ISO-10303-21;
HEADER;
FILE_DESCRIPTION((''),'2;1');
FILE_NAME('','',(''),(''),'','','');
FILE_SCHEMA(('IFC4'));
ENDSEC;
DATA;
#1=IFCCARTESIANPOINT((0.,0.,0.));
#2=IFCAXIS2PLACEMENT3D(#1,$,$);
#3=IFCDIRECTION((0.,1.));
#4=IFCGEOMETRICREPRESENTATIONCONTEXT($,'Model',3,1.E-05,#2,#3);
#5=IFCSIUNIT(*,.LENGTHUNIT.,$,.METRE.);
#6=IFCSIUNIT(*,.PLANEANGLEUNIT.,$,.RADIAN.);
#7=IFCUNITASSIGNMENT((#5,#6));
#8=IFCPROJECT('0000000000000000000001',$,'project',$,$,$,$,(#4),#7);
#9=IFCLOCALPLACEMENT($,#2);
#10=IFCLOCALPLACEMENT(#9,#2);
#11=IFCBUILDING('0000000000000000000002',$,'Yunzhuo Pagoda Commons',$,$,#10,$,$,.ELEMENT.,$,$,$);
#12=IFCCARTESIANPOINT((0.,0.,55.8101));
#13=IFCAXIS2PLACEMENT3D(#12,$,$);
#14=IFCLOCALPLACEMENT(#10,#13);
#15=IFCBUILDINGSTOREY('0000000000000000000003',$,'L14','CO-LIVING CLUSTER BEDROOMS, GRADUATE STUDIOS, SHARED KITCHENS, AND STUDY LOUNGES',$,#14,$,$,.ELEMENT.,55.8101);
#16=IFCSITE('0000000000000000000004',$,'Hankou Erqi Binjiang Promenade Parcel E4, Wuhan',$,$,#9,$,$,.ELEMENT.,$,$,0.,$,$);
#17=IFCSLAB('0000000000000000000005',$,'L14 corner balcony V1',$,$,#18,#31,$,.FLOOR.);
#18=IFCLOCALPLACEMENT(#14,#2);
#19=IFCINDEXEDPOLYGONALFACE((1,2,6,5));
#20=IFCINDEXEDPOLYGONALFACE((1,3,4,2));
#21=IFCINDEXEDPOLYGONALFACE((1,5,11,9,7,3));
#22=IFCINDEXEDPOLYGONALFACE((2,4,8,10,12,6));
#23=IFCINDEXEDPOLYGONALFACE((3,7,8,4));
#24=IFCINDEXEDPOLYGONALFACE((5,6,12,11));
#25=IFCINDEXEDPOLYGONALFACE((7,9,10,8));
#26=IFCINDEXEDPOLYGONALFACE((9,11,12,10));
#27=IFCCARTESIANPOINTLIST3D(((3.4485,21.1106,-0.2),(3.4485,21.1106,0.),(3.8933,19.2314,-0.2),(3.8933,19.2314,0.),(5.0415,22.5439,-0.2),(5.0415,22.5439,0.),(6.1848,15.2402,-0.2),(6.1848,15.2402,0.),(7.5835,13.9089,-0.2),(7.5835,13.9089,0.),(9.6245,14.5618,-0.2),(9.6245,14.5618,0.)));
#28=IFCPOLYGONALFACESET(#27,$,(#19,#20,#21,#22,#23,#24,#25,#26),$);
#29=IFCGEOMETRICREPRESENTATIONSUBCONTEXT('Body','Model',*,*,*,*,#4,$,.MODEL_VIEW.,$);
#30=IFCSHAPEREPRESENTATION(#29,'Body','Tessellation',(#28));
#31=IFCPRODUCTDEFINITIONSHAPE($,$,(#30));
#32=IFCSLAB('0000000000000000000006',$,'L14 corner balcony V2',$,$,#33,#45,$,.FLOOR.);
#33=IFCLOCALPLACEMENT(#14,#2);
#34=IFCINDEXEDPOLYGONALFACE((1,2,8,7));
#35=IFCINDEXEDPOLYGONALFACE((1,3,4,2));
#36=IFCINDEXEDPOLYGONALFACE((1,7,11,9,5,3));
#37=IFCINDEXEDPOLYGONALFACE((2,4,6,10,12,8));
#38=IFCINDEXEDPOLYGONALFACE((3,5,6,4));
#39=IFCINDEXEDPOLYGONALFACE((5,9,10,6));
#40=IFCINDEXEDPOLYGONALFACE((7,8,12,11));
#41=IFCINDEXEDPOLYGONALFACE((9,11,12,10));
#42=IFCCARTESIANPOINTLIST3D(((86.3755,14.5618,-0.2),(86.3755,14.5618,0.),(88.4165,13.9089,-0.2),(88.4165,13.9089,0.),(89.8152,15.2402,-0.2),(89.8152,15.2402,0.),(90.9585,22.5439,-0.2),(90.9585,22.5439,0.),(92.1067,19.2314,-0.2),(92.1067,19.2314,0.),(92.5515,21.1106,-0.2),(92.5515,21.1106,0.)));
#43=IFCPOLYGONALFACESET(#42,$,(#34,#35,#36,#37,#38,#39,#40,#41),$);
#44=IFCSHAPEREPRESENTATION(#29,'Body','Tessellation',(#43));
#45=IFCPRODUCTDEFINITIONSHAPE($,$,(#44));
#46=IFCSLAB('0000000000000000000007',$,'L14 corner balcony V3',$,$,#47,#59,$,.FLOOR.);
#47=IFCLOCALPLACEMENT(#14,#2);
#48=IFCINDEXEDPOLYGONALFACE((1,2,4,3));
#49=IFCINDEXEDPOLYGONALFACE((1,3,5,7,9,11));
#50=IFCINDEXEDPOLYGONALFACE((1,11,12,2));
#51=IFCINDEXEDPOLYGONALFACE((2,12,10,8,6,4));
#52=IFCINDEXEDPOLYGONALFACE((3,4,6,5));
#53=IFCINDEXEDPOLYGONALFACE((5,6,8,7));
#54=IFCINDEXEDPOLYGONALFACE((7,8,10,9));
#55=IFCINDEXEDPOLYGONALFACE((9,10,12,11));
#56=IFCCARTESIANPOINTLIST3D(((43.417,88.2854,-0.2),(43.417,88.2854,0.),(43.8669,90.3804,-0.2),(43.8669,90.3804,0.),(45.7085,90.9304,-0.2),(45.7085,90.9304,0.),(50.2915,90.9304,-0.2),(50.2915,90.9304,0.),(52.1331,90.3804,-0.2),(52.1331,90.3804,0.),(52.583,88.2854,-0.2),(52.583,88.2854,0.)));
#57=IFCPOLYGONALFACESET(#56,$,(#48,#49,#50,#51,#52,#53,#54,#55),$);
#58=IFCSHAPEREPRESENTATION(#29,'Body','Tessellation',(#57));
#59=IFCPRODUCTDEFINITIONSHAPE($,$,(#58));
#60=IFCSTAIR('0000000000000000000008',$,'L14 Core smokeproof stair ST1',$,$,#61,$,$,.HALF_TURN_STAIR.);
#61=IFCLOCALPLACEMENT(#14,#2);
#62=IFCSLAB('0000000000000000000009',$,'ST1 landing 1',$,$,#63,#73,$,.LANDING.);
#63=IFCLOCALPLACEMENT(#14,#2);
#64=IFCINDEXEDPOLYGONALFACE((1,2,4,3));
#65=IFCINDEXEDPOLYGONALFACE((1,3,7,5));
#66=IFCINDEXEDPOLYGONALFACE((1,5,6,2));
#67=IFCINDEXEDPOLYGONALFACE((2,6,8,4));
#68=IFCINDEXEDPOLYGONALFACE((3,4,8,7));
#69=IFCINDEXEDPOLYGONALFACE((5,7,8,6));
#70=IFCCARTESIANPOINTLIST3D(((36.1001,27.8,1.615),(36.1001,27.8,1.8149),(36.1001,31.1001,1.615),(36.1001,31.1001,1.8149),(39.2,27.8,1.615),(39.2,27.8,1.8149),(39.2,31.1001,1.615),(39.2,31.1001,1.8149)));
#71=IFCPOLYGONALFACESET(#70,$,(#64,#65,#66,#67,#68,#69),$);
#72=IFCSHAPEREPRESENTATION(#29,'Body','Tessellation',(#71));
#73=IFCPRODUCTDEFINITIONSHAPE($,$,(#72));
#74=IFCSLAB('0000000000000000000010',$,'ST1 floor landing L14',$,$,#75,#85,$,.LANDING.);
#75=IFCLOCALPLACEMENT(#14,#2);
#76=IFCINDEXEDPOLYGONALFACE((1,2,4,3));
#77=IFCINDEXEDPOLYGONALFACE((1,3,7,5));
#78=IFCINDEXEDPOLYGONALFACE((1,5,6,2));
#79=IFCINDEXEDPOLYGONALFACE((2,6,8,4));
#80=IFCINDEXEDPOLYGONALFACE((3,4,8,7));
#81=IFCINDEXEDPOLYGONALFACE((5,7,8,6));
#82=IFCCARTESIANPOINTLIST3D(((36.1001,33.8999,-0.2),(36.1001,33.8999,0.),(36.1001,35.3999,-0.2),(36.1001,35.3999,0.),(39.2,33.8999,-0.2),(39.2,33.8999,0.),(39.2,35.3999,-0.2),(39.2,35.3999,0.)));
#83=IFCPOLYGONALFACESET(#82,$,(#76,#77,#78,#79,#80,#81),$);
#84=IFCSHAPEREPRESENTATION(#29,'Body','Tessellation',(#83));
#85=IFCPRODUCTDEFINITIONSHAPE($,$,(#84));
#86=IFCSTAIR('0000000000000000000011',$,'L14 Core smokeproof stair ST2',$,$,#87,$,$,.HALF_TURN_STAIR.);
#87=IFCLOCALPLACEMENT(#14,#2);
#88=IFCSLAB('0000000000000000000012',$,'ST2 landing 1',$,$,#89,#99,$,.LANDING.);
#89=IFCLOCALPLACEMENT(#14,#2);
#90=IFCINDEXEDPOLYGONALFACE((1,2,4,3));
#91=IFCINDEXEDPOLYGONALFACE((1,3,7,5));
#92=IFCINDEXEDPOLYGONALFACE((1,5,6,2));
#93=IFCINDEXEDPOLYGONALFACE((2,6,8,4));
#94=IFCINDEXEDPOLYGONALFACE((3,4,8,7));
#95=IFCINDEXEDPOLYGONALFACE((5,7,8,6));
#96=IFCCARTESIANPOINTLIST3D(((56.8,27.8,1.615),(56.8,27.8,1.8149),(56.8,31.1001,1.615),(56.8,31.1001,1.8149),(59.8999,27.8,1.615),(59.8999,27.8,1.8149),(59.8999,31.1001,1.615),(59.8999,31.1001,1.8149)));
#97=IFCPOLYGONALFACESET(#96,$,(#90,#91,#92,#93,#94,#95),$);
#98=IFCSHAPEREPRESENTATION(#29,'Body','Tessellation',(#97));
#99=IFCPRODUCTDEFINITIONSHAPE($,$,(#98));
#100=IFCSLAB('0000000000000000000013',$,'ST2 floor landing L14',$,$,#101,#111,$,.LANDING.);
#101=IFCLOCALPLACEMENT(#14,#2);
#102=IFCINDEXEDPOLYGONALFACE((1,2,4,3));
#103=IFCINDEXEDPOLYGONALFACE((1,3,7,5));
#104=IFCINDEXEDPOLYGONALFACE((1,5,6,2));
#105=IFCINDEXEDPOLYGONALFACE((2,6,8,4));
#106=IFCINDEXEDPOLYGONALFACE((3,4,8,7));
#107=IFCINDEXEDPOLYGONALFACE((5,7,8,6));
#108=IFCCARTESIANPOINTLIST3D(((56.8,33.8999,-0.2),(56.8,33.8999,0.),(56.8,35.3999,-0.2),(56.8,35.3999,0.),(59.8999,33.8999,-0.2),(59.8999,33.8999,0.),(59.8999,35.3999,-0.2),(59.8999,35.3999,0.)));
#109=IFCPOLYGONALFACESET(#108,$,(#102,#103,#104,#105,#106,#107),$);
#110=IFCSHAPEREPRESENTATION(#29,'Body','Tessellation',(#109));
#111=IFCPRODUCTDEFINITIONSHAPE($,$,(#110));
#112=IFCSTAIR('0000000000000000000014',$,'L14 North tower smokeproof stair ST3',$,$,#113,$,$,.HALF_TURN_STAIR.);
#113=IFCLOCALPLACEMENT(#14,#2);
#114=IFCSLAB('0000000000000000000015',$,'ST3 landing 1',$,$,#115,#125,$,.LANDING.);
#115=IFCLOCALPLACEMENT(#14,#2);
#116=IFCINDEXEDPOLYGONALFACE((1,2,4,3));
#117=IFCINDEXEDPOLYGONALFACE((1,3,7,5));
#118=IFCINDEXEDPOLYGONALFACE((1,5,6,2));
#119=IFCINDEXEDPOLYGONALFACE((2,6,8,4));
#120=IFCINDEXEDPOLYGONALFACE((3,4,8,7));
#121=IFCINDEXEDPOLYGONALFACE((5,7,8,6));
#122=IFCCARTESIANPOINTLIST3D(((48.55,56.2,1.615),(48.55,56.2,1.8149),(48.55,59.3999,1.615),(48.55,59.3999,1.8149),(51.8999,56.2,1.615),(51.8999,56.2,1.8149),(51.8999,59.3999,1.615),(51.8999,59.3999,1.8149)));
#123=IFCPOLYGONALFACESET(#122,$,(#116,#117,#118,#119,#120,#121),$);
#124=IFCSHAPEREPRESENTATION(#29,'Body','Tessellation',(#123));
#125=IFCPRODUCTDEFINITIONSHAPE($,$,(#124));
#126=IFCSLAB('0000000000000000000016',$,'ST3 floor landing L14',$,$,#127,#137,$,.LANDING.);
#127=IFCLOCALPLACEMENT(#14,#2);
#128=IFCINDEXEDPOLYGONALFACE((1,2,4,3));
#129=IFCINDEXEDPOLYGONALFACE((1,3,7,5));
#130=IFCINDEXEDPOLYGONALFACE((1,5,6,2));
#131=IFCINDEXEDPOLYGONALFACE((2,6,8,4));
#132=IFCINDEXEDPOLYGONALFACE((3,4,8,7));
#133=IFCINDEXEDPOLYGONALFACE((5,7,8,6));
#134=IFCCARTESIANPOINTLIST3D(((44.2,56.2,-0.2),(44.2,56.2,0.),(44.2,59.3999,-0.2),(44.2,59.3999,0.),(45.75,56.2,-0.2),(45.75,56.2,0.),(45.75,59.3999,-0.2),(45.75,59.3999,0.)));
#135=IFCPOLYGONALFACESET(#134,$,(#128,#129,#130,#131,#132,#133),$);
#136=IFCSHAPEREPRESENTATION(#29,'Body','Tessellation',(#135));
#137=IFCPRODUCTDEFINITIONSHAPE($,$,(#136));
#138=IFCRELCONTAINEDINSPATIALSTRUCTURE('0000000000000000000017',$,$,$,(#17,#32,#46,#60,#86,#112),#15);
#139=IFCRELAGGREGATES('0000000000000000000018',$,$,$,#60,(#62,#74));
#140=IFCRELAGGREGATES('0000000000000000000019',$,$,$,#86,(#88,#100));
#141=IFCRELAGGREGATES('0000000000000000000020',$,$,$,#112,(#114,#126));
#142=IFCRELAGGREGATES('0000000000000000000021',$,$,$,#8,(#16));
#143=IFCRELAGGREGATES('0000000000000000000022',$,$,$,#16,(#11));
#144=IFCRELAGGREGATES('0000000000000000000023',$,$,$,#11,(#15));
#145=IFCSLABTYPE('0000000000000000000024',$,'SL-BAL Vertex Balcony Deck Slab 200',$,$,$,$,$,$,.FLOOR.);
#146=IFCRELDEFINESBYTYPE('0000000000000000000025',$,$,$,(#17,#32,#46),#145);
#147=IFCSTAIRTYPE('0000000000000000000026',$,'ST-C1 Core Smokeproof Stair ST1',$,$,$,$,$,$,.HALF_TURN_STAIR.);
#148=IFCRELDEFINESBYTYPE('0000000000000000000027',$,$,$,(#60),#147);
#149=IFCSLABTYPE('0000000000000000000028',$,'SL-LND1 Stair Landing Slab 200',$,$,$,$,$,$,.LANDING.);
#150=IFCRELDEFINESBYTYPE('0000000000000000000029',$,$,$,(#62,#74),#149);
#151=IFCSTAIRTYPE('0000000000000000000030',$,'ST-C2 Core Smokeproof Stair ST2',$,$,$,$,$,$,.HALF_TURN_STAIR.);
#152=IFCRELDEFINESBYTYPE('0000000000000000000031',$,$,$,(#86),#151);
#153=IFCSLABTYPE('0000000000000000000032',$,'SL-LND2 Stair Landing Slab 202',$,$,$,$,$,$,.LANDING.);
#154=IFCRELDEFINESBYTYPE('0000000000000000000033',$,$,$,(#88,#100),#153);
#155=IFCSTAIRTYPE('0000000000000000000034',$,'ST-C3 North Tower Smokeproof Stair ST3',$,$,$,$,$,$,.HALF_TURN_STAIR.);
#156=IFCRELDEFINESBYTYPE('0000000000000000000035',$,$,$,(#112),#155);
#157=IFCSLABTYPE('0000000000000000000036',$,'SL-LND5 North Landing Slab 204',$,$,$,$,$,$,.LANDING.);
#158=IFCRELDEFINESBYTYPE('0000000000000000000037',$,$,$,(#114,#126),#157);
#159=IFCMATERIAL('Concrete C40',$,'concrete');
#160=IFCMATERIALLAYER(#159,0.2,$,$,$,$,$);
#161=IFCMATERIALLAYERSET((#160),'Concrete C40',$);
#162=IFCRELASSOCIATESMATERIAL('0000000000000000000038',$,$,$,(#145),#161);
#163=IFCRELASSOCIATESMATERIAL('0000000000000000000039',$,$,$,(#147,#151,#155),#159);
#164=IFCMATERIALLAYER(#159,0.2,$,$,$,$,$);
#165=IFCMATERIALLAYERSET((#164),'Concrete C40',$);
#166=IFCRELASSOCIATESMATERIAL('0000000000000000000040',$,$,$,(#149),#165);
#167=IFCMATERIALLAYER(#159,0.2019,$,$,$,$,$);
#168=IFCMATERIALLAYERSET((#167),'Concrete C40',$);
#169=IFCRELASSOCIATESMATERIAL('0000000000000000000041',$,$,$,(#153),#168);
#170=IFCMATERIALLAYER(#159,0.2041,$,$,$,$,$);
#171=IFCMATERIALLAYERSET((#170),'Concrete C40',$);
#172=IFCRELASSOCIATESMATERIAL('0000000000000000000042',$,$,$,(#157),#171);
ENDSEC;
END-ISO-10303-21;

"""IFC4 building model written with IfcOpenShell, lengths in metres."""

from ifc_helpers import new_model, si_unit, direction, frame, origin, place, context, subcontext, project, spatial, polyline, outline, extrude, material, layer, layer_set, type_object, element, aggregate, save


model = new_model("IFC4")

# Units and contexts
model_context = context("Model", 3, precision=1e-05, world=origin(), true_north=direction((0.0, 1.0)))
body_context = subcontext(model_context, "Body", "Model", "MODEL_VIEW")
ifc_project = project(units=[si_unit("LENGTHUNIT", "METRE"), si_unit("PLANEANGLEUNIT", "RADIAN")], contexts=[model_context])

# Site, building, storey
site_placement = place(None, origin())
site = spatial("IfcSite", under=ifc_project, at=site_placement, Name="Hankou Erqi Binjiang Promenade Parcel E4, Wuhan", CompositionType="ELEMENT", RefElevation=0.0)
building_placement = place(site_placement, origin())
building = spatial("IfcBuilding", under=site, at=building_placement, Name="Yunzhuo Pagoda Commons", CompositionType="ELEMENT")
storey_placement = place(building_placement, frame((0.0, 0.0, 55.8101)))
storey = spatial("IfcBuildingStorey", under=building, at=storey_placement, Name="L14", Description="CO-LIVING CLUSTER BEDROOMS, GRADUATE STUDIOS, SHARED KITCHENS, AND STUDY LOUNGES", CompositionType="ELEMENT", Elevation=55.8101)

# Slabs
ifc_material_1 = material(Name="Concrete C40", Category="concrete")
ifc_layer_1 = layer(ifc_material_1, 0.2)
ifc_layer_set_1 = layer_set([ifc_layer_1], Name="Concrete C40")
slab_type_1 = type_object("IfcSlabType", Name="SL-BAL Vertex Balcony Deck Slab 200", PredefinedType="FLOOR", material=ifc_layer_set_1)
slab_1_placement = place(storey_placement, frame((0.0, 0.0, -0.2)))
element("IfcSlab", 1, at=slab_1_placement, inside=storey, type_object=slab_type_1, Name="L14 corner balcony V1", PredefinedType="FLOOR", context=body_context, shape_type="SweptSolid", body=[
    extrude(outline(polyline([(5.0415, 22.5439), (9.6245, 14.5618), (7.5835, 13.9089), (6.1848, 15.2402), (3.8933, 19.2314), (3.4485, 21.1106), (5.0415, 22.5439)])), origin(), (0.0, 0.0, 1.0), 0.2),
])
slab_2_placement = place(storey_placement, frame((0.0, 0.0, -0.2)))
element("IfcSlab", 2, at=slab_2_placement, inside=storey, type_object=slab_type_1, Name="L14 corner balcony V2", PredefinedType="FLOOR", context=body_context, shape_type="SweptSolid", body=[
    extrude(outline(polyline([(86.3755, 14.5618), (90.9585, 22.5439), (92.5515, 21.1106), (92.1067, 19.2314), (89.8152, 15.2402), (88.4165, 13.9089), (86.3755, 14.5618)])), origin(), (0.0, 0.0, 1.0), 0.2),
])
slab_3_placement = place(storey_placement, frame((0.0, 0.0, -0.2)))
element("IfcSlab", 3, at=slab_3_placement, inside=storey, type_object=slab_type_1, Name="L14 corner balcony V3", PredefinedType="FLOOR", context=body_context, shape_type="SweptSolid", body=[
    extrude(outline(polyline([(52.583, 88.2854), (43.417, 88.2854), (43.8669, 90.3804), (45.7085, 90.9304), (50.2915, 90.9304), (52.1331, 90.3804), (52.583, 88.2854)])), origin(), (0.0, 0.0, 1.0), 0.2),
])

# Stairs, slabs
stair_type_1 = type_object("IfcStairType", Name="ST-C1 Core Smokeproof Stair ST1", PredefinedType="HALF_TURN_STAIR", material=ifc_material_1)
stair_1_placement = place(storey_placement, origin())
stair_1 = element("IfcStair", 4, at=stair_1_placement, inside=storey, type_object=stair_type_1, Name="L14 Core smokeproof stair ST1", PredefinedType="HALF_TURN_STAIR")
ifc_layer_2 = layer(ifc_material_1, 0.2)
ifc_layer_set_2 = layer_set([ifc_layer_2], Name="Concrete C40")
slab_type_2 = type_object("IfcSlabType", Name="SL-LND1 Stair Landing Slab 200", PredefinedType="LANDING", material=ifc_layer_set_2)
slab_4_placement = place(storey_placement, frame((0.0, 0.0, 1.615)))
slab_4 = element("IfcSlab", 5, at=slab_4_placement, type_object=slab_type_2, Name="ST1 landing 1", PredefinedType="LANDING", context=body_context, shape_type="SweptSolid", body=[
    extrude(outline(polyline([(36.1001, 31.1001), (36.1001, 27.8), (39.2, 27.8), (39.2, 31.1001), (36.1001, 31.1001)])), origin(), (0.0, 0.0, 1.0), 0.2),
])
slab_5_placement = place(storey_placement, frame((0.0, 0.0, -0.2)))
slab_5 = element("IfcSlab", 6, at=slab_5_placement, type_object=slab_type_2, Name="ST1 floor landing L14", PredefinedType="LANDING", context=body_context, shape_type="SweptSolid", body=[
    extrude(outline(polyline([(36.1001, 35.3999), (36.1001, 33.8999), (39.2, 33.8999), (39.2, 35.3999), (36.1001, 35.3999)])), origin(), (0.0, 0.0, 1.0), 0.2),
])
aggregate(stair_1, [slab_4, slab_5])
stair_type_2 = type_object("IfcStairType", Name="ST-C2 Core Smokeproof Stair ST2", PredefinedType="HALF_TURN_STAIR", material=ifc_material_1)
stair_2_placement = place(storey_placement, origin())
stair_2 = element("IfcStair", 7, at=stair_2_placement, inside=storey, type_object=stair_type_2, Name="L14 Core smokeproof stair ST2", PredefinedType="HALF_TURN_STAIR")
ifc_layer_3 = layer(ifc_material_1, 0.2019)
ifc_layer_set_3 = layer_set([ifc_layer_3], Name="Concrete C40")
slab_type_3 = type_object("IfcSlabType", Name="SL-LND2 Stair Landing Slab 202", PredefinedType="LANDING", material=ifc_layer_set_3)
slab_6_placement = place(storey_placement, frame((0.0, 0.0, 1.615)))
slab_6 = element("IfcSlab", 8, at=slab_6_placement, type_object=slab_type_3, Name="ST2 landing 1", PredefinedType="LANDING", context=body_context, shape_type="SweptSolid", body=[
    extrude(outline(polyline([(56.8, 31.1001), (56.8, 27.8), (59.8999, 27.8), (59.8999, 31.1001), (56.8, 31.1001)])), origin(), (0.0, 0.0, 1.0), 0.2),
])
slab_7_placement = place(storey_placement, frame((0.0, 0.0, -0.2)))
slab_7 = element("IfcSlab", 9, at=slab_7_placement, type_object=slab_type_3, Name="ST2 floor landing L14", PredefinedType="LANDING", context=body_context, shape_type="SweptSolid", body=[
    extrude(outline(polyline([(56.8, 35.3999), (56.8, 33.8999), (59.8999, 33.8999), (59.8999, 35.3999), (56.8, 35.3999)])), origin(), (0.0, 0.0, 1.0), 0.2),
])
aggregate(stair_2, [slab_6, slab_7])
stair_type_3 = type_object("IfcStairType", Name="ST-C3 North Tower Smokeproof Stair ST3", PredefinedType="HALF_TURN_STAIR", material=ifc_material_1)
stair_3_placement = place(storey_placement, origin())
stair_3 = element("IfcStair", 10, at=stair_3_placement, inside=storey, type_object=stair_type_3, Name="L14 North tower smokeproof stair ST3", PredefinedType="HALF_TURN_STAIR")
ifc_layer_4 = layer(ifc_material_1, 0.2041)
ifc_layer_set_4 = layer_set([ifc_layer_4], Name="Concrete C40")
slab_type_4 = type_object("IfcSlabType", Name="SL-LND5 North Landing Slab 204", PredefinedType="LANDING", material=ifc_layer_set_4)
slab_8_placement = place(storey_placement, frame((0.0, 0.0, 1.615)))
slab_8 = element("IfcSlab", 11, at=slab_8_placement, type_object=slab_type_4, Name="ST3 landing 1", PredefinedType="LANDING", context=body_context, shape_type="SweptSolid", body=[
    extrude(outline(polyline([(48.55, 56.2), (51.8999, 56.2), (51.8999, 59.3999), (48.55, 59.3999), (48.55, 56.2)])), origin(), (0.0, 0.0, 1.0), 0.2),
])
slab_9_placement = place(storey_placement, frame((0.0, 0.0, -0.2)))
slab_9 = element("IfcSlab", 12, at=slab_9_placement, type_object=slab_type_4, Name="ST3 floor landing L14", PredefinedType="LANDING", context=body_context, shape_type="SweptSolid", body=[
    extrude(outline(polyline([(44.2, 56.2), (45.75, 56.2), (45.75, 59.3999), (44.2, 59.3999), (44.2, 56.2)])), origin(), (0.0, 0.0, 1.0), 0.2),
])
aggregate(stair_3, [slab_8, slab_9])

save(model, "model.ifc")
